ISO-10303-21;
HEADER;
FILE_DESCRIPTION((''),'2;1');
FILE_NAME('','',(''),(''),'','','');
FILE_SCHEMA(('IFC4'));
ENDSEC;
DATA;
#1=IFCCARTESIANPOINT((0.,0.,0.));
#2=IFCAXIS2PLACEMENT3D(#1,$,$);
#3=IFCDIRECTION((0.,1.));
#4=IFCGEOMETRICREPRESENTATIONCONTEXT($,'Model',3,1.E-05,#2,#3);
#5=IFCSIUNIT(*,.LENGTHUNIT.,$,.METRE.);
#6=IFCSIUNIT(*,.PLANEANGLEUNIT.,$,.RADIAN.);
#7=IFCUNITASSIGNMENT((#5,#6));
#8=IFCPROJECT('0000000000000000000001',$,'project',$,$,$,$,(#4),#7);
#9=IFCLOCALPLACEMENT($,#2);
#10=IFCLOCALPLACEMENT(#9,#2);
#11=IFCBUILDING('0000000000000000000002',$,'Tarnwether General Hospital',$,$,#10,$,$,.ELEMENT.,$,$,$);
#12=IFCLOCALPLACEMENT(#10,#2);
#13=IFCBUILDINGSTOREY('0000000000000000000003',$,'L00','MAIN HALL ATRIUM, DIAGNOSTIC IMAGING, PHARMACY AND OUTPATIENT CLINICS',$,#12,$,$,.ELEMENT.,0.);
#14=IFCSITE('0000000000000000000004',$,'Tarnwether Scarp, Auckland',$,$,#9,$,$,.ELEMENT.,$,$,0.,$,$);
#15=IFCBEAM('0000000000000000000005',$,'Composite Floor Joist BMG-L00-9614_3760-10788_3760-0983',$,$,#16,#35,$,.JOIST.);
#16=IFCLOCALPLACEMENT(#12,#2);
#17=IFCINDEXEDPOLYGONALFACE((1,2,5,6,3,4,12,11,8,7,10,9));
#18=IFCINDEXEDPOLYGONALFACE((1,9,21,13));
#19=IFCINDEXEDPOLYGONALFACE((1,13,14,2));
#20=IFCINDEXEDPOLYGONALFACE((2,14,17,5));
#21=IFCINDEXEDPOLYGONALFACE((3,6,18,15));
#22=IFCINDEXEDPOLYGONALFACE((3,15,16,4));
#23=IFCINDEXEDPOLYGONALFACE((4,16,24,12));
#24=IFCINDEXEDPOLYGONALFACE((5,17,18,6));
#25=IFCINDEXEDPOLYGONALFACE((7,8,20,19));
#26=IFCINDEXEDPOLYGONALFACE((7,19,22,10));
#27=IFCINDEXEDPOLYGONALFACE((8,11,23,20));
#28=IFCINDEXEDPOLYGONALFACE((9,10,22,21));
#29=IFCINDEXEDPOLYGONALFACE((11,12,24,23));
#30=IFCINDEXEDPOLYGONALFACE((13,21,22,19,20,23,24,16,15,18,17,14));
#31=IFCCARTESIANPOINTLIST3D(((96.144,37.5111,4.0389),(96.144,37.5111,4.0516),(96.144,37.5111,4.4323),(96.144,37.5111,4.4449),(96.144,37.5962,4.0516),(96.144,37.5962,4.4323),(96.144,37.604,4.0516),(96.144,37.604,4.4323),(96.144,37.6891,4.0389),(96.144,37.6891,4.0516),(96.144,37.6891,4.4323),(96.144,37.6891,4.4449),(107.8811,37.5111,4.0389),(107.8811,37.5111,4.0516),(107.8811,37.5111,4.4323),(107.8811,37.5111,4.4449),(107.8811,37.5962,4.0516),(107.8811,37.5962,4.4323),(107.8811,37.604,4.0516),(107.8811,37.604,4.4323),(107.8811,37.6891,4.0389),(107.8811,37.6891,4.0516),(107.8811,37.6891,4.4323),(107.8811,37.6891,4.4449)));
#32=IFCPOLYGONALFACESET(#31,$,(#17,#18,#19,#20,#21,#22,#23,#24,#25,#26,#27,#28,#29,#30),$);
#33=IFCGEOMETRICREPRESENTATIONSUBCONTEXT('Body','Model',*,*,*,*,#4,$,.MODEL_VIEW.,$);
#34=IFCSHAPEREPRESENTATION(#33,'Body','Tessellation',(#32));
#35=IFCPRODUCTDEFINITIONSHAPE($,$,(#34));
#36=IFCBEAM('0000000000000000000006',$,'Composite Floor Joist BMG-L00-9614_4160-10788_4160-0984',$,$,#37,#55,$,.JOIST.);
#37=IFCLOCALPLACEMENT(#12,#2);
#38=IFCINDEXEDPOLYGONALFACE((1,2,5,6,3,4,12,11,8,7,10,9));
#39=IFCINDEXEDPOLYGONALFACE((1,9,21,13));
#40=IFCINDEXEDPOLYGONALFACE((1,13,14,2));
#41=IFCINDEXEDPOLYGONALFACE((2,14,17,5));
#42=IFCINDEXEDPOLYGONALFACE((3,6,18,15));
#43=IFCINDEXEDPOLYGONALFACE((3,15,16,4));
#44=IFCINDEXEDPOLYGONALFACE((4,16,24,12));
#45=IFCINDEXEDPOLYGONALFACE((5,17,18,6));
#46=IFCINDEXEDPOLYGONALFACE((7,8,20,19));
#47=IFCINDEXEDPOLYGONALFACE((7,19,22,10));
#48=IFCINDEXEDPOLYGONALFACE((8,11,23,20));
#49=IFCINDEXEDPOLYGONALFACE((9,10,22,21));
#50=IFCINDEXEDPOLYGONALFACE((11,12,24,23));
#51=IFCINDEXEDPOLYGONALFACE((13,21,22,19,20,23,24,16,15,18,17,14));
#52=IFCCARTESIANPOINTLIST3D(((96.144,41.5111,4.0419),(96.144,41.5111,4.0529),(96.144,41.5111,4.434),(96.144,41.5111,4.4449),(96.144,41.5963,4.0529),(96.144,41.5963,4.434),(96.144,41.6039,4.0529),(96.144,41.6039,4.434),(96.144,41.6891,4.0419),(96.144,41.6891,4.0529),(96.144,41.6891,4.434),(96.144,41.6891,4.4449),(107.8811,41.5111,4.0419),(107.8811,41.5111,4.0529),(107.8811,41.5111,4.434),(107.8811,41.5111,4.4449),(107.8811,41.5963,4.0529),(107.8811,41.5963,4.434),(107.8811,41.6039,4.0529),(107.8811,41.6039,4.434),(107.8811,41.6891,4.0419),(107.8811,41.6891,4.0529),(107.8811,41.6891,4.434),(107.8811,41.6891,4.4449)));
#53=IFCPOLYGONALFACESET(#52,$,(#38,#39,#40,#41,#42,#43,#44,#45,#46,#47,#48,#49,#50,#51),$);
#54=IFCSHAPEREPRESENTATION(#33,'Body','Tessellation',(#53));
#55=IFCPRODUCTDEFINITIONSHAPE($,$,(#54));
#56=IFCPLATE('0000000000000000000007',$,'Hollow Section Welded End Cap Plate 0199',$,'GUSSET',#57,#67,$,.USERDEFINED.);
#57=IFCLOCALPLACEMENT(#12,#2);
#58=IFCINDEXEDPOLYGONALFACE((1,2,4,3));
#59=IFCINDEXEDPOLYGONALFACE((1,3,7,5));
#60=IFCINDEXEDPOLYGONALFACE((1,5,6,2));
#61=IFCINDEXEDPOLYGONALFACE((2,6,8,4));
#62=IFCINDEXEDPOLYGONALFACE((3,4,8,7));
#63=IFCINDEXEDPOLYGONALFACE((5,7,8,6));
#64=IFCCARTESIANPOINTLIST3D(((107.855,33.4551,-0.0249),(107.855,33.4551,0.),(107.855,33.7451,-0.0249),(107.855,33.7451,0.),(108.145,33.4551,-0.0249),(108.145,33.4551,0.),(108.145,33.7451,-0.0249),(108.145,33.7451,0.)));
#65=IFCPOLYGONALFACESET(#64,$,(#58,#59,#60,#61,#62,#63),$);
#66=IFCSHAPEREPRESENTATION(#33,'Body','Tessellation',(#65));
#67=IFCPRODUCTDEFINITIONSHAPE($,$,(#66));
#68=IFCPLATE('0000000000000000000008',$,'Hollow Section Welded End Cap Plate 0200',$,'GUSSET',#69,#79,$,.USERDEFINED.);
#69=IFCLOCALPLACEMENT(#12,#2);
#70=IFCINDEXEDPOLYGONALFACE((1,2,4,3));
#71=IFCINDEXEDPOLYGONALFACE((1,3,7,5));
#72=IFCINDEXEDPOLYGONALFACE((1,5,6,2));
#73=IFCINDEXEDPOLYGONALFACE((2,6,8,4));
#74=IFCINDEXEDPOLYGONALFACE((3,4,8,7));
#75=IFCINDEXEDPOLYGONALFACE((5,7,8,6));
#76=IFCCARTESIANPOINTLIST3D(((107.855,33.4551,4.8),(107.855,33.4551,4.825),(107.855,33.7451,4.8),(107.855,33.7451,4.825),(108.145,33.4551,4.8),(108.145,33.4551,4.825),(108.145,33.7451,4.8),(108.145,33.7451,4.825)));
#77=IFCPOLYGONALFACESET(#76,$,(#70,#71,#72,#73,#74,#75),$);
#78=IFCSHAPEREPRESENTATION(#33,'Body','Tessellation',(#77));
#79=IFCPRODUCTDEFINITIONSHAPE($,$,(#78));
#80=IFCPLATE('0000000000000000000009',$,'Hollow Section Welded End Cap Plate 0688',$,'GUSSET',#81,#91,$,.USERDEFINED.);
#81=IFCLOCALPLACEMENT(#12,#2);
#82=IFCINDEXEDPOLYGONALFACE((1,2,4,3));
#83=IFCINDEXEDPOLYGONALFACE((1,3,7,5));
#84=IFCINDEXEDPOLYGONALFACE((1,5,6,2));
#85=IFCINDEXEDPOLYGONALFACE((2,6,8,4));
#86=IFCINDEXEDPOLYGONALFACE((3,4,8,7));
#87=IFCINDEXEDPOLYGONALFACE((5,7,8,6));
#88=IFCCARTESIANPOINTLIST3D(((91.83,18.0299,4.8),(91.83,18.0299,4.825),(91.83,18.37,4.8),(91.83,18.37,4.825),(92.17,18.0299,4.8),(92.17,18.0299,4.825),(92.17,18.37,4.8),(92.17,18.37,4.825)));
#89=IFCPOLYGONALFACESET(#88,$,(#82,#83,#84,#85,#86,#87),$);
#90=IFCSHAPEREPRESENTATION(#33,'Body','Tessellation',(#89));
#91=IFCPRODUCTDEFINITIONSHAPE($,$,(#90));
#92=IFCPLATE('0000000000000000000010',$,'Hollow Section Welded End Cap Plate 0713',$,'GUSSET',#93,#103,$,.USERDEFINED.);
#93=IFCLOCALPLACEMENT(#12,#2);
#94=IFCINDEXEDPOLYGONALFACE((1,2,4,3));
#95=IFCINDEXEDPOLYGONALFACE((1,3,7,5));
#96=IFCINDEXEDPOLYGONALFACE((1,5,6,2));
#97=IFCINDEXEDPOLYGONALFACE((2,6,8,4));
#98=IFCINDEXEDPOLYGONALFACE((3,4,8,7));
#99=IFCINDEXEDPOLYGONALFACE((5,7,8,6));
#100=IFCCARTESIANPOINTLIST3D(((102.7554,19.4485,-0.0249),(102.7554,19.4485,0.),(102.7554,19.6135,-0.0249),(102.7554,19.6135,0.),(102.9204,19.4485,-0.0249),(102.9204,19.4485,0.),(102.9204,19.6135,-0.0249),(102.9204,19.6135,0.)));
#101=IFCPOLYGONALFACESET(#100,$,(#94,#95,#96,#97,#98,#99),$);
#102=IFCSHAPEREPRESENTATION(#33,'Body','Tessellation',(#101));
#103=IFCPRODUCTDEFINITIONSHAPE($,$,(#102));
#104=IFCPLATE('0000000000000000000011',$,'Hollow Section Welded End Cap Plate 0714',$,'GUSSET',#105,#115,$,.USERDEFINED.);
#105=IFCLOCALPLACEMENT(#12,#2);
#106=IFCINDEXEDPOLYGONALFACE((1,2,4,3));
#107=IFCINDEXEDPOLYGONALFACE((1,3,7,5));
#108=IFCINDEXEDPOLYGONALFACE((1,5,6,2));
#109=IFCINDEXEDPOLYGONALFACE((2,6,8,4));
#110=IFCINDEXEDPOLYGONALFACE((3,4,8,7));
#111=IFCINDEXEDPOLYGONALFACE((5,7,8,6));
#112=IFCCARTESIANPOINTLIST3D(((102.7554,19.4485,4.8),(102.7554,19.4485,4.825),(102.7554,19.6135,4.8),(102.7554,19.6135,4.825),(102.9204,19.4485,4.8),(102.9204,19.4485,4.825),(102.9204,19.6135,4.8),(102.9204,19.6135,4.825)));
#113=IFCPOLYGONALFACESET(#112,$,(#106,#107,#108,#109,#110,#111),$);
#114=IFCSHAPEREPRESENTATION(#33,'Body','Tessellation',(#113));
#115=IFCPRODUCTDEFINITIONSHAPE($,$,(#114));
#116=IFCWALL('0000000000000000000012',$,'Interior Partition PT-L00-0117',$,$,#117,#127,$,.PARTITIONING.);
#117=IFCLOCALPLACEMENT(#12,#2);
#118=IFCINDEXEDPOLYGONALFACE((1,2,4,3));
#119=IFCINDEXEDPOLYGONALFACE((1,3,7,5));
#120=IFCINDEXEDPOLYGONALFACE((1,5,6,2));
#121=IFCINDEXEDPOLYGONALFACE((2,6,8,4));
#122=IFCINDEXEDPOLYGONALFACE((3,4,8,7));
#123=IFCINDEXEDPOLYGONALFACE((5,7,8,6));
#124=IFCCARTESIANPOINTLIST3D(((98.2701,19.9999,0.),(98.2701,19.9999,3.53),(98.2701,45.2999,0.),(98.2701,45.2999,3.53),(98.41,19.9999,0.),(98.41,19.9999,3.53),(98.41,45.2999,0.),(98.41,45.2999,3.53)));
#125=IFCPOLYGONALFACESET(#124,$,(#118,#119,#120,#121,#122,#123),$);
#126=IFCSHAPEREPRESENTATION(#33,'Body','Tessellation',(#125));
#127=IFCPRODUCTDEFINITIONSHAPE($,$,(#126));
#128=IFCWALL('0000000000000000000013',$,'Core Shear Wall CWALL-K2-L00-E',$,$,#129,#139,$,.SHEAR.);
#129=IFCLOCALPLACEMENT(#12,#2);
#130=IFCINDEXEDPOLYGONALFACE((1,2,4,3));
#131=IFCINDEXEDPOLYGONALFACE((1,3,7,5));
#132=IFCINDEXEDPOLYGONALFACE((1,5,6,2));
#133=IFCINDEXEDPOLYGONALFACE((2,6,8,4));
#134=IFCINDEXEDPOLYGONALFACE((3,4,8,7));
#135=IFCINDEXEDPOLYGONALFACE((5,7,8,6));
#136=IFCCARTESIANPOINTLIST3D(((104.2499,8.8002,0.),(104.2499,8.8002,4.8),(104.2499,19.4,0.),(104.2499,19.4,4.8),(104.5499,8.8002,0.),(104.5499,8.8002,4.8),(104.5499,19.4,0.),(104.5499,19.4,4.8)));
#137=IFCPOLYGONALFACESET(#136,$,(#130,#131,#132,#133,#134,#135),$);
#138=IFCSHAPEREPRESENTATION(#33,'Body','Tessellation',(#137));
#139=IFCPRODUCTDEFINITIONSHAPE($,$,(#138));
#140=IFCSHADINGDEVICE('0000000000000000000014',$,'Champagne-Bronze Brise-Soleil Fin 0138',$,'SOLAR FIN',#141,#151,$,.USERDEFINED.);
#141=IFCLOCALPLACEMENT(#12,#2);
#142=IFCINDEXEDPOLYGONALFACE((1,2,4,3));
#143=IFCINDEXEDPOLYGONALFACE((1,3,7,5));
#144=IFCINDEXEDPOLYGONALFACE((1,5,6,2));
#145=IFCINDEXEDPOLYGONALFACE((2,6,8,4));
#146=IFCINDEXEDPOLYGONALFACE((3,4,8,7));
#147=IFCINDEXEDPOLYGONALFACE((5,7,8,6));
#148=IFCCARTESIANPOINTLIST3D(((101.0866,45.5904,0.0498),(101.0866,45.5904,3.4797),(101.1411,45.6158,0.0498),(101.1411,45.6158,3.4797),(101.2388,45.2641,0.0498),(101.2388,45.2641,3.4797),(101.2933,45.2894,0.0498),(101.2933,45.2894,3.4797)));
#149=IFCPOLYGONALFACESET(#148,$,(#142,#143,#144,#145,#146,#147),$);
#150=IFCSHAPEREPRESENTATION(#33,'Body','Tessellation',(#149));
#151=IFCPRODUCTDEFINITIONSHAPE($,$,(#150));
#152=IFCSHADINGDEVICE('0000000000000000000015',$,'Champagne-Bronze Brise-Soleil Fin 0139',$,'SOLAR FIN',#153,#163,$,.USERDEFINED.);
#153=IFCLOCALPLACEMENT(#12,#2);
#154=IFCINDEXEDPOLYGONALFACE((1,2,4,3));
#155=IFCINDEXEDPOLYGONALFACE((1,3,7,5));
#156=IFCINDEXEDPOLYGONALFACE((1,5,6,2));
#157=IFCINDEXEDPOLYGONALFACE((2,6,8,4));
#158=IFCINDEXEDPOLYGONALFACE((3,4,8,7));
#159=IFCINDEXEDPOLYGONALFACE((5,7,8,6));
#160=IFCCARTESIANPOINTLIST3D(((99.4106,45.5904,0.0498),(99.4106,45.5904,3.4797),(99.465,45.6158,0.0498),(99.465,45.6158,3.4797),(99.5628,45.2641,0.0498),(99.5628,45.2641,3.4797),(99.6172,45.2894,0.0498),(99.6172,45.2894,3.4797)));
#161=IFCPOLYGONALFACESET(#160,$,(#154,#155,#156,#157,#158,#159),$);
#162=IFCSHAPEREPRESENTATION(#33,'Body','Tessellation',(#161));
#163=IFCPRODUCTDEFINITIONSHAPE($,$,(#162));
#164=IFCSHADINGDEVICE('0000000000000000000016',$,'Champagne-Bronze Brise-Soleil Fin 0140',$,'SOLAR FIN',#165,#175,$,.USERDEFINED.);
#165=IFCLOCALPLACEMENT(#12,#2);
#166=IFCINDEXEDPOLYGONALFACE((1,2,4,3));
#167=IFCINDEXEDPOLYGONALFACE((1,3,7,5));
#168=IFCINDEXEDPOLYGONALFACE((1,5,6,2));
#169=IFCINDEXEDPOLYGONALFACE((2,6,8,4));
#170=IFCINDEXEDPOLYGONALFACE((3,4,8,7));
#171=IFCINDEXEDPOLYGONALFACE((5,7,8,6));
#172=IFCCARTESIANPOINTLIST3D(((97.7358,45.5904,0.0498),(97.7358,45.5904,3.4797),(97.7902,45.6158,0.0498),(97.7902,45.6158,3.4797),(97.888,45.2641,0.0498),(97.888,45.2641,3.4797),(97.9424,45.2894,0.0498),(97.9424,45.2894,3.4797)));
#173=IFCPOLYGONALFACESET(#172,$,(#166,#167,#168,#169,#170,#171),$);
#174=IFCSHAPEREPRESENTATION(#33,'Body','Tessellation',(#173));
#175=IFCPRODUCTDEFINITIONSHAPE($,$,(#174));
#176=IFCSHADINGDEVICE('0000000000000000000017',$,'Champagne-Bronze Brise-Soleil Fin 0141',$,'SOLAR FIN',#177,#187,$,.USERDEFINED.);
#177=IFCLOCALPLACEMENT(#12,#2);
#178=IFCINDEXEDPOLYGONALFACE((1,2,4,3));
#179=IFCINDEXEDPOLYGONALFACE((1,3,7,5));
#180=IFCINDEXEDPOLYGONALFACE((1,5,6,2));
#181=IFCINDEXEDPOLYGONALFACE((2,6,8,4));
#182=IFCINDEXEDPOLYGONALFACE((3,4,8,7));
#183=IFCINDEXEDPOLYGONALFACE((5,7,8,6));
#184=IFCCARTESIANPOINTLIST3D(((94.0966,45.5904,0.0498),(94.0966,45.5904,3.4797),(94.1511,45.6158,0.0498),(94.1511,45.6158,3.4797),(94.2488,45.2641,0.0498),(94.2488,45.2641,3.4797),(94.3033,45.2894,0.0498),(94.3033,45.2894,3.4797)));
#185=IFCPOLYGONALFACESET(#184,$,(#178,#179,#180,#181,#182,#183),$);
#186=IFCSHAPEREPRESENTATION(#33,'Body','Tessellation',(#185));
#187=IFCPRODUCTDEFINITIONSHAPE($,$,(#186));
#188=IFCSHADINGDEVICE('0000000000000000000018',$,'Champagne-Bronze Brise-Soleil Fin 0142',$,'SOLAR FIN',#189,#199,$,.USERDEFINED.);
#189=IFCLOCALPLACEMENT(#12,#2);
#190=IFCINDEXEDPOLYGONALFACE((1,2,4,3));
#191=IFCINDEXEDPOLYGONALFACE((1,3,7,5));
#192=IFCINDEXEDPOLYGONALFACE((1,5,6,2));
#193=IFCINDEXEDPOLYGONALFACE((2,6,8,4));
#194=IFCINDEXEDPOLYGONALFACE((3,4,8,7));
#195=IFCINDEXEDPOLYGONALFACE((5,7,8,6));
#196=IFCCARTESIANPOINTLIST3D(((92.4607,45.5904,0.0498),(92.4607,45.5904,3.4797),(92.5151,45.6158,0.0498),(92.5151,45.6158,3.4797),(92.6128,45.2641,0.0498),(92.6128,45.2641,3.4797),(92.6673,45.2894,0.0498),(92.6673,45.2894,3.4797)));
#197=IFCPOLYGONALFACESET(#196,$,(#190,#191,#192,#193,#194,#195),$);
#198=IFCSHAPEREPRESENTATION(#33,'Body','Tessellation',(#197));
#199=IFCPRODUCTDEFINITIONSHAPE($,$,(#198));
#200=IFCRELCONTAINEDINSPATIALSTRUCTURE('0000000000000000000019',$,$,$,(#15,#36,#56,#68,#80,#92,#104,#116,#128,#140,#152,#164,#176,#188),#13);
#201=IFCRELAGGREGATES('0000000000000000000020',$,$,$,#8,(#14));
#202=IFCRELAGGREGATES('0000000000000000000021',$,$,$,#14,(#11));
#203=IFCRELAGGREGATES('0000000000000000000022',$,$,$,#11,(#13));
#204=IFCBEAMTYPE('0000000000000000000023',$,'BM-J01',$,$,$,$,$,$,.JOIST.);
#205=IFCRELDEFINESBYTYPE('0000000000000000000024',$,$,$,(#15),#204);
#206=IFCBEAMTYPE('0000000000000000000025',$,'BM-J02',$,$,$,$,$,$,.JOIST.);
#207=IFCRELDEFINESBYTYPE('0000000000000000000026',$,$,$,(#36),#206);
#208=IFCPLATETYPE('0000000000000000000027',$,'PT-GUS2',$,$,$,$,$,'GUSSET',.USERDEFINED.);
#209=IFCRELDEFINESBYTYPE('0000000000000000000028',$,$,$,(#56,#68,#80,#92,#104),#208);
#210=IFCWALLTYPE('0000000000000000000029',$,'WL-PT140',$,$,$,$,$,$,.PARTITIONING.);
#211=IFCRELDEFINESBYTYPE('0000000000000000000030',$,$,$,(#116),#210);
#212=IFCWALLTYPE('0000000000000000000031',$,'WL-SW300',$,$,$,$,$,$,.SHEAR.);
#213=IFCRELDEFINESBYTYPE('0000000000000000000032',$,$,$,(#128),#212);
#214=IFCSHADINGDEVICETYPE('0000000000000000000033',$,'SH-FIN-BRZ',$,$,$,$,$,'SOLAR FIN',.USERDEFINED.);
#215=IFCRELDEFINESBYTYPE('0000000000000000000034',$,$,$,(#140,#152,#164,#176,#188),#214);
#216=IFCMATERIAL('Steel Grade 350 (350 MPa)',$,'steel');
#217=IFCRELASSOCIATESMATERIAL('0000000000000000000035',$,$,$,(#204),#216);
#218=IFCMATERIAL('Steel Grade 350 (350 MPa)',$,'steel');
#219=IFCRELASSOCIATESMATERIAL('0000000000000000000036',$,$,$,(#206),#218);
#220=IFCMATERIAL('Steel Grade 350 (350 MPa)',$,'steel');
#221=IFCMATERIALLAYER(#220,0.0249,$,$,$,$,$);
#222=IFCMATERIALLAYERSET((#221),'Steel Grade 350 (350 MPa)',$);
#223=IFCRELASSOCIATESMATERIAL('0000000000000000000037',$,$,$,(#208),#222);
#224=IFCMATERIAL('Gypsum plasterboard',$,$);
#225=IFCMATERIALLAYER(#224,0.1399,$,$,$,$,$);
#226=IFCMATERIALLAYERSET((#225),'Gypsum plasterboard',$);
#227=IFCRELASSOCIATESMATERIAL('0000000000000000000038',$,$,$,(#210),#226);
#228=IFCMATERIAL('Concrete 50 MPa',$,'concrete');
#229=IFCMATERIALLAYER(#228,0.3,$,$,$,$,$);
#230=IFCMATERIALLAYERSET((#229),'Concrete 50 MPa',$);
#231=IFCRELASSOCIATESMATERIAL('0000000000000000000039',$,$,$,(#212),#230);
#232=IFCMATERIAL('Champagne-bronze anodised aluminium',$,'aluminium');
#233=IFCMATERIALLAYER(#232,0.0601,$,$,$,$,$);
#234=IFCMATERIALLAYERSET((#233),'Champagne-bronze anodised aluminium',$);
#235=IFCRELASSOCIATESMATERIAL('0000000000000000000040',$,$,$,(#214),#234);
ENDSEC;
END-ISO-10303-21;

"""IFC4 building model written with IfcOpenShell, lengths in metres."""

from ifc_helpers import new_model, si_unit, direction, frame, frame_2d, origin, origin_2d, place, context, subcontext, project, spatial, rectangle, i_section, extrude, material, layer, layer_set, material_profile, profile_set, type_object, element, save


model = new_model("IFC4")

# Units and contexts
model_context = context("Model", 3, precision=1e-05, world=origin(), true_north=direction((0.0, 1.0)))
body_context = subcontext(model_context, "Body", "Model", "MODEL_VIEW")
ifc_project = project(units=[si_unit("LENGTHUNIT", "METRE"), si_unit("PLANEANGLEUNIT", "RADIAN")], contexts=[model_context])

# Site, building, storey
site_placement = place(None, origin())
site = spatial("IfcSite", under=ifc_project, at=site_placement, Name="Tarnwether Scarp, Auckland", CompositionType="ELEMENT", RefElevation=0.0)
building_placement = place(site_placement, origin())
building = spatial("IfcBuilding", under=site, at=building_placement, Name="Tarnwether General Hospital", CompositionType="ELEMENT")
storey_placement = place(building_placement, origin())
storey = spatial("IfcBuildingStorey", under=building, at=storey_placement, Name="L00", Description="MAIN HALL ATRIUM, DIAGNOSTIC IMAGING, PHARMACY AND OUTPATIENT CLINICS", CompositionType="ELEMENT", Elevation=0.0)

# Beams
ifc_material_1 = material(Name="Steel Grade 350 (350 MPa)", Category="steel")
ifc_material_profile_1 = material_profile(ifc_material_1, i_section(OverallWidth=0.178, OverallDepth=0.406, WebThickness=0.0078, FlangeThickness=0.0127, at=origin_2d()), Name="410UB59.7")
ifc_profile_set_1 = profile_set([ifc_material_profile_1], Name="Steel Grade 350 (350 MPa)")
beam_type_1 = type_object("IfcBeamType", Name="BM-J01", PredefinedType="JOIST", material=ifc_profile_set_1)
beam_1_placement = place(storey_placement, frame((96.144, 37.6001, 4.2419), z_axis=(1.0, 0.0, 0.0), x_axis=(0.0, 1.0, 0.0)))
element("IfcBeam", 1, at=beam_1_placement, inside=storey, type_object=beam_type_1, Name="Composite Floor Joist BMG-L00-9614_3760-10788_3760-0983", PredefinedType="JOIST", context=body_context, shape_type="SweptSolid", body=[
    extrude(i_section(OverallWidth=0.178, OverallDepth=0.406, WebThickness=0.0078, FlangeThickness=0.0127, at=origin_2d()), origin(), (0.0, 0.0, 1.0), 11.7371),
])
ifc_material_2 = material(Name="Steel Grade 350 (350 MPa)", Category="steel")
ifc_material_profile_2 = material_profile(ifc_material_2, i_section(OverallWidth=0.178, OverallDepth=0.4031, WebThickness=0.0076, FlangeThickness=0.011, at=origin_2d()), Name="410UB53.7")
ifc_profile_set_2 = profile_set([ifc_material_profile_2], Name="Steel Grade 350 (350 MPa)")
beam_type_2 = type_object("IfcBeamType", Name="BM-J02", PredefinedType="JOIST", material=ifc_profile_set_2)
beam_2_placement = place(storey_placement, frame((96.144, 41.6001, 4.2434), z_axis=(1.0, 0.0, 0.0), x_axis=(0.0, 1.0, 0.0)))
element("IfcBeam", 2, at=beam_2_placement, inside=storey, type_object=beam_type_2, Name="Composite Floor Joist BMG-L00-9614_4160-10788_4160-0984", PredefinedType="JOIST", context=body_context, shape_type="SweptSolid", body=[
    extrude(i_section(OverallWidth=0.178, OverallDepth=0.4031, WebThickness=0.0076, FlangeThickness=0.011, at=origin_2d()), origin(), (0.0, 0.0, 1.0), 11.7371),
])

# Plates
ifc_material_3 = material(Name="Steel Grade 350 (350 MPa)", Category="steel")
ifc_layer_1 = layer(ifc_material_3, 0.0249)
ifc_layer_set_1 = layer_set([ifc_layer_1], Name="Steel Grade 350 (350 MPa)")
plate_type = type_object("IfcPlateType", Name="PT-GUS2", ElementType="GUSSET", PredefinedType="USERDEFINED", material=ifc_layer_set_1)
for number, where, z_axis, x_axis, name in (
    (3, (108.0, 33.6001, -0.0249), (0.0, 0.0, 1.0), (1.0, 0.0, 0.0), "Hollow Section Welded End Cap Plate 0199"),
    (4, (108.0, 33.6001, 4.8), (0.0, 0.0, 1.0), (1.0, 0.0, 0.0), "Hollow Section Welded End Cap Plate 0200"),
):
    element("IfcPlate", number, at=place(storey_placement, frame(where, z_axis=z_axis, x_axis=x_axis)), inside=storey, type_object=plate_type, Name=name, ObjectType="GUSSET", PredefinedType="USERDEFINED", context=body_context, shape_type="SweptSolid", body=[
        extrude(rectangle(XDim=0.29, YDim=0.29, at=origin_2d()), origin(), (0.0, 0.0, 1.0), 0.0249),
    ])
plate_placement = place(storey_placement, frame((92.0, 18.2, 4.8), z_axis=(0.0, 0.0, 1.0), x_axis=(1.0, 0.0, 0.0)))
element("IfcPlate", 5, at=plate_placement, inside=storey, type_object=plate_type, Name="Hollow Section Welded End Cap Plate 0688", ObjectType="GUSSET", PredefinedType="USERDEFINED", context=body_context, shape_type="SweptSolid", body=[
    extrude(rectangle(XDim=0.3401, YDim=0.3401, at=origin_2d()), origin(), (0.0, 0.0, 1.0), 0.0249),
])
for number, where, z_axis, x_axis, name in (
    (6, (102.8379, 19.531, -0.0249), (0.0, 0.0, 1.0), (1.0, 0.0, 0.0), "Hollow Section Welded End Cap Plate 0713"),
    (7, (102.8379, 19.531, 4.8), (0.0, 0.0, 1.0), (1.0, 0.0, 0.0), "Hollow Section Welded End Cap Plate 0714"),
):
    element("IfcPlate", number, at=place(storey_placement, frame(where, z_axis=z_axis, x_axis=x_axis)), inside=storey, type_object=plate_type, Name=name, ObjectType="GUSSET", PredefinedType="USERDEFINED", context=body_context, shape_type="SweptSolid", body=[
        extrude(rectangle(XDim=0.165, YDim=0.165, at=origin_2d()), origin(), (0.0, 0.0, 1.0), 0.0249),
    ])

# Walls
ifc_material_4 = material(Name="Gypsum plasterboard")
ifc_layer_2 = layer(ifc_material_4, 0.1399)
ifc_layer_set_2 = layer_set([ifc_layer_2], Name="Gypsum plasterboard")
wall_type_1 = type_object("IfcWallType", Name="WL-PT140", PredefinedType="PARTITIONING", material=ifc_layer_set_2)
wall_1_placement = place(storey_placement, frame((98.3401, 20.0, 0.0), z_axis=(0.0, 0.0, 1.0), x_axis=(0.0, 1.0, 0.0)))
element("IfcWall", 8, at=wall_1_placement, inside=storey, type_object=wall_type_1, Name="Interior Partition PT-L00-0117", PredefinedType="PARTITIONING", context=body_context, shape_type="SweptSolid", body=[
    extrude(rectangle(XDim=25.3, YDim=0.1399, at=frame_2d((12.6499, 0.0))), origin(), (0.0, 0.0, 1.0), 3.53),
])
ifc_material_5 = material(Name="Concrete 50 MPa", Category="concrete")
ifc_layer_3 = layer(ifc_material_5, 0.3)
ifc_layer_set_3 = layer_set([ifc_layer_3], Name="Concrete 50 MPa")
wall_type_2 = type_object("IfcWallType", Name="WL-SW300", PredefinedType="SHEAR", material=ifc_layer_set_3)
wall_2_placement = place(storey_placement, frame((104.3999, 19.3999, 0.0), z_axis=(0.0, 0.0, 1.0), x_axis=(0.0, -1.0, 0.0)))
element("IfcWall", 9, at=wall_2_placement, inside=storey, type_object=wall_type_2, Name="Core Shear Wall CWALL-K2-L00-E", PredefinedType="SHEAR", context=body_context, shape_type="SweptSolid", body=[
    extrude(rectangle(XDim=10.5999, YDim=0.3, at=frame_2d((5.2998, 0.0))), origin(), (0.0, 0.0, 1.0), 4.8),
])

# Shading devices
ifc_material_6 = material(Name="Champagne-bronze anodised aluminium", Category="aluminium")
ifc_layer_4 = layer(ifc_material_6, 0.0601)
ifc_layer_set_4 = layer_set([ifc_layer_4], Name="Champagne-bronze anodised aluminium")
shading_device_type = type_object("IfcShadingDeviceType", Name="SH-FIN-BRZ", ElementType="SOLAR FIN", PredefinedType="USERDEFINED", material=ifc_layer_set_4)
for number, where, z_axis, x_axis, name in (
    (10, (101.1899, 45.4399, 0.0498), (0.0, 0.0, 1.0), (-0.906308, -0.422618, 0.0), "Champagne-Bronze Brise-Soleil Fin 0138"),
    (11, (99.5139, 45.4399, 0.0498), (0.0, 0.0, 1.0), (-0.906308, -0.422618, 0.0), "Champagne-Bronze Brise-Soleil Fin 0139"),
    (12, (97.8391, 45.4399, 0.0498), (0.0, 0.0, 1.0), (-0.906308, -0.422618, 0.0), "Champagne-Bronze Brise-Soleil Fin 0140"),
    (13, (94.2, 45.4399, 0.0498), (0.0, 0.0, 1.0), (-0.906308, -0.422618, 0.0), "Champagne-Bronze Brise-Soleil Fin 0141"),
    (14, (92.564, 45.4399, 0.0498), (0.0, 0.0, 1.0), (-0.906308, -0.422618, 0.0), "Champagne-Bronze Brise-Soleil Fin 0142"),
):
    element("IfcShadingDevice", number, at=place(storey_placement, frame(where, z_axis=z_axis, x_axis=x_axis)), inside=storey, type_object=shading_device_type, Name=name, ObjectType="SOLAR FIN", PredefinedType="USERDEFINED", context=body_context, shape_type="SweptSolid", body=[
        extrude(rectangle(XDim=0.0601, YDim=0.3601, at=origin_2d()), origin(), (0.0, 0.0, 1.0), 3.4299),
    ])

save(model, "model.ifc")
